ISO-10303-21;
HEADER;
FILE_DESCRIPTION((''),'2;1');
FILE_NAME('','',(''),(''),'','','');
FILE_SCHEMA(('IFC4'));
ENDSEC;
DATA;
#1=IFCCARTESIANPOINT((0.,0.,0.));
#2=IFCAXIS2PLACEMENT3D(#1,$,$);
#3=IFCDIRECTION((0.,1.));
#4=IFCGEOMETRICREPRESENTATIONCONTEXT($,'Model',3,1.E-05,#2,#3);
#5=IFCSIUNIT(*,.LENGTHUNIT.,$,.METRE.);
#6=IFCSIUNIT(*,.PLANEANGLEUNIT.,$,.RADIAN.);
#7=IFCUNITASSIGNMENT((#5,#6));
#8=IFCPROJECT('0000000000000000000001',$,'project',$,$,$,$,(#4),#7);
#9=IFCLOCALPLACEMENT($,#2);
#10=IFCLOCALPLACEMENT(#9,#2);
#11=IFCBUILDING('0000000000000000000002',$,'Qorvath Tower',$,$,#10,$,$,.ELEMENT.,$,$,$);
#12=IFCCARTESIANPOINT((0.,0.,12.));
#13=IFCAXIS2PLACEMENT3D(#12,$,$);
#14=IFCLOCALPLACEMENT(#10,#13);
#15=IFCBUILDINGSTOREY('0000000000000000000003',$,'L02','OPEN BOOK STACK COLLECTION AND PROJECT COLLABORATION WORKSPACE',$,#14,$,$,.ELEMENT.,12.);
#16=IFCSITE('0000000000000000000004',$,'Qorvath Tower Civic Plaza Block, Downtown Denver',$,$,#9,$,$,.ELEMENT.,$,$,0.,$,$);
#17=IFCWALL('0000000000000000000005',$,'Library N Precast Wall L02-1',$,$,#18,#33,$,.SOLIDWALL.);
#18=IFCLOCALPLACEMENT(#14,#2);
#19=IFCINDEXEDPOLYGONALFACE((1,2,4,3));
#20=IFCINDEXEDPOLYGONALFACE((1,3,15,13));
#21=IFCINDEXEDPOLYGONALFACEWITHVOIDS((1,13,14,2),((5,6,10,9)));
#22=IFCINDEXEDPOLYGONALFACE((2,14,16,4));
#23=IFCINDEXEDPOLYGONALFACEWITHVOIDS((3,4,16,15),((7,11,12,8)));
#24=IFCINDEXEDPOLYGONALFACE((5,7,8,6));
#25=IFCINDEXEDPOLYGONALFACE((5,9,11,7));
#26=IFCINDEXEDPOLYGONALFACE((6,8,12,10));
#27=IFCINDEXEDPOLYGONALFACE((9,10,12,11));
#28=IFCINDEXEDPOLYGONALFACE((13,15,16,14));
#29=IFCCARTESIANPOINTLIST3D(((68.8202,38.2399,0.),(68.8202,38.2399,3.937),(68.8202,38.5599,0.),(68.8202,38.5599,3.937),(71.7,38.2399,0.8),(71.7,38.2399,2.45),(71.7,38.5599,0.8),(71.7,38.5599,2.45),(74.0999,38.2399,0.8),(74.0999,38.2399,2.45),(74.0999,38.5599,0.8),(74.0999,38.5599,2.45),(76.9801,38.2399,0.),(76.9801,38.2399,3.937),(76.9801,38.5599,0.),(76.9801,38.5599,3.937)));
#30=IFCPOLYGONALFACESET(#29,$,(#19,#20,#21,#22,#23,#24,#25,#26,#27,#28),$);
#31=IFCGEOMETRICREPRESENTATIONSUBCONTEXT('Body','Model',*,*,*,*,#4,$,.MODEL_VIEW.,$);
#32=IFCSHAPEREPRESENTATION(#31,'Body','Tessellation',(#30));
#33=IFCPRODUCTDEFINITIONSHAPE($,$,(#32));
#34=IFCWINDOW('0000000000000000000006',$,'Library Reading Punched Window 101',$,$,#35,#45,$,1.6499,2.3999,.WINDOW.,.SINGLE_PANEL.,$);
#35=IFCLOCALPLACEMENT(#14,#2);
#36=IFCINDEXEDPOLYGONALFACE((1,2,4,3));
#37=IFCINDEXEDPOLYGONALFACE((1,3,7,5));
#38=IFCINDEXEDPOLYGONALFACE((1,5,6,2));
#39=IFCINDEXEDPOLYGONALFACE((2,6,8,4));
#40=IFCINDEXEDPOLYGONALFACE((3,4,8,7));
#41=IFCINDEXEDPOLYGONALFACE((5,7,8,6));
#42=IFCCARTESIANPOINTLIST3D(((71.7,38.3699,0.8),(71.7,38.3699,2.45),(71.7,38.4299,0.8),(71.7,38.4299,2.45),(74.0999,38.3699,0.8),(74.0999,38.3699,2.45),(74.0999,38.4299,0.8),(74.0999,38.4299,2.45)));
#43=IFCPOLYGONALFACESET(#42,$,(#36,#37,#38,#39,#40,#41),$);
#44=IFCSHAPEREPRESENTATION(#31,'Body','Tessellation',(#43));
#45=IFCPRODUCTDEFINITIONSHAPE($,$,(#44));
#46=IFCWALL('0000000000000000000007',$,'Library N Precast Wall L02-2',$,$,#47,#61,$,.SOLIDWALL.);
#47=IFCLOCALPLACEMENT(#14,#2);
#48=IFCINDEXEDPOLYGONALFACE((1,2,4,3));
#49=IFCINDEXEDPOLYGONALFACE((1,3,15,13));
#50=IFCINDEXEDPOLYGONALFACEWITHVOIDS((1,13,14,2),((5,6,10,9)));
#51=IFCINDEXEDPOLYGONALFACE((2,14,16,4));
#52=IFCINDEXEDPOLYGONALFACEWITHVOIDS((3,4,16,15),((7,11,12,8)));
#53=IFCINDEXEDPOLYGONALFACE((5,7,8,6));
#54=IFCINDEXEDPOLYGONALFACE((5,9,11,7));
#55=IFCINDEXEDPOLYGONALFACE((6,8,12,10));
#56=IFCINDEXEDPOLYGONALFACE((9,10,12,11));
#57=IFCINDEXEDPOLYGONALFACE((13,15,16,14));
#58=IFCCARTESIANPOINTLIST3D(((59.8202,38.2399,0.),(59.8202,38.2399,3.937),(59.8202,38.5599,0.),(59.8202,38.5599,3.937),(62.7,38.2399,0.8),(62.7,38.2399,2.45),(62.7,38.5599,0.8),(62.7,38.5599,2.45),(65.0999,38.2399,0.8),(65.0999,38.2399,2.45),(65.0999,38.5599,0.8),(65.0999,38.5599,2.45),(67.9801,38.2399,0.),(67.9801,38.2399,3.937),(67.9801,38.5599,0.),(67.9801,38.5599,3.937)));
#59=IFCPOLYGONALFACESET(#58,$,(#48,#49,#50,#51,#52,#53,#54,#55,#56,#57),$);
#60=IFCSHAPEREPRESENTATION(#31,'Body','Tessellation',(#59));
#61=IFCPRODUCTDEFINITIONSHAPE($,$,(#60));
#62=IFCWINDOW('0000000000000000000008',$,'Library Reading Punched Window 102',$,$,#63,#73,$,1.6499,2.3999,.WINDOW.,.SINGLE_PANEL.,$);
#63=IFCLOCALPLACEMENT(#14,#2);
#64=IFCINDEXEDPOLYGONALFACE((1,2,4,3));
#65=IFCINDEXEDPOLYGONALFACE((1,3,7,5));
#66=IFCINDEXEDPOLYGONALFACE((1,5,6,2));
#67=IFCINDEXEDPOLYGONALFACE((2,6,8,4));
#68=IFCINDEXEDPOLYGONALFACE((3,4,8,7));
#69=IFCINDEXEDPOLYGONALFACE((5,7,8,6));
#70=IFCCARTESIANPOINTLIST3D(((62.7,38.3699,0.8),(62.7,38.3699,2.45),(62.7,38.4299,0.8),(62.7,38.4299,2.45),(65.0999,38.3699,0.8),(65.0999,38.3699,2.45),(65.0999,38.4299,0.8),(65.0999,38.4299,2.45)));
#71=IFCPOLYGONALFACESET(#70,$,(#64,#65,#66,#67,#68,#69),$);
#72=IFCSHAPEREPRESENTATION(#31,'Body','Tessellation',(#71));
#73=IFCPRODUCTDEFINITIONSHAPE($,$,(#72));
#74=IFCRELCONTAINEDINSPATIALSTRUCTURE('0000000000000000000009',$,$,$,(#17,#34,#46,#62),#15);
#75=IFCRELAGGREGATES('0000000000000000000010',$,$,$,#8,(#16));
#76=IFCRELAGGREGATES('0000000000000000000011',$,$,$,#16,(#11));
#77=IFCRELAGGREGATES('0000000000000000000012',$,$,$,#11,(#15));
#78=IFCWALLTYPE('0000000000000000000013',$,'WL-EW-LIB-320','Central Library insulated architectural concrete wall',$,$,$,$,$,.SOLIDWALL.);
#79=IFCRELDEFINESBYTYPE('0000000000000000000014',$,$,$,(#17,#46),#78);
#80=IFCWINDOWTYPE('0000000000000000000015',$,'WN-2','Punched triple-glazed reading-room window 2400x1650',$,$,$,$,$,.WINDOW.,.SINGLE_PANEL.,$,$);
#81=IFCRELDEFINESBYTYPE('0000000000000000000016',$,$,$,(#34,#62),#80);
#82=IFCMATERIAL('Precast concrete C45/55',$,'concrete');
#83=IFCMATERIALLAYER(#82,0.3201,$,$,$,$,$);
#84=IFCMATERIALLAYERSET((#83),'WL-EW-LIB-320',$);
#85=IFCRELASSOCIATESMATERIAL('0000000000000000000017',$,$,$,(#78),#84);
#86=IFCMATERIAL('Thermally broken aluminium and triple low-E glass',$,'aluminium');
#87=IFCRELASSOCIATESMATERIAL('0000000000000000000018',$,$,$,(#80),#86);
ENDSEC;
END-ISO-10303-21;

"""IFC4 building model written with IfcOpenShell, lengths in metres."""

from ifc_helpers import new_model, si_unit, direction, frame, frame_2d, origin, place, context, subcontext, project, spatial, rectangle, extrude, material, layer, layer_set, type_object, element, fill, save


model = new_model("IFC4")

# Units and contexts
model_context = context("Model", 3, precision=1e-05, world=origin(), true_north=direction((0.0, 1.0)))
body_context = subcontext(model_context, "Body", "Model", "MODEL_VIEW")
ifc_project = project(units=[si_unit("LENGTHUNIT", "METRE"), si_unit("PLANEANGLEUNIT", "RADIAN")], contexts=[model_context])

# Site, building, storey
site_placement = place(None, origin())
site = spatial("IfcSite", under=ifc_project, at=site_placement, Name="Qorvath Tower Civic Plaza Block, Downtown Denver", CompositionType="ELEMENT", RefElevation=0.0)
building_placement = place(site_placement, origin())
building = spatial("IfcBuilding", under=site, at=building_placement, Name="Qorvath Tower", CompositionType="ELEMENT")
storey_placement = place(building_placement, frame((0.0, 0.0, 12.0)))
storey = spatial("IfcBuildingStorey", under=building, at=storey_placement, Name="L02", Description="OPEN BOOK STACK COLLECTION AND PROJECT COLLABORATION WORKSPACE", CompositionType="ELEMENT", Elevation=12.0)

# Walls, openings, windows
ifc_material_1 = material(Name="Precast concrete C45/55", Category="concrete")
ifc_layer = layer(ifc_material_1, 0.3201)
ifc_layer_set = layer_set([ifc_layer], Name="WL-EW-LIB-320")
wall_type = type_object("IfcWallType", Name="WL-EW-LIB-320", Description="Central Library insulated architectural concrete wall", PredefinedType="SOLIDWALL", material=ifc_layer_set)
ifc_material_2 = material(Name="Thermally broken aluminium and triple low-E glass", Category="aluminium")
window_type = type_object("IfcWindowType", Name="WN-2", Description="Punched triple-glazed reading-room window 2400x1650", PartitioningType="SINGLE_PANEL", PredefinedType="WINDOW", material=ifc_material_2)
wall_1_placement = place(storey_placement, frame((68.8201, 38.3999, 0.0), z_axis=(0.0, 0.0, 1.0), x_axis=(1.0, 0.0, 0.0)))
wall_1 = element("IfcWall", 1, at=wall_1_placement, inside=storey, type_object=wall_type, Name="Library N Precast Wall L02-1", PredefinedType="SOLIDWALL", context=body_context, shape_type="SweptSolid", body=[
    extrude(rectangle(XDim=8.1599, YDim=0.3201, at=frame_2d((4.0801, 0.0))), origin(), (0.0, 0.0, 1.0), 3.937),
])
opening_1_placement = place(wall_1_placement, frame((2.8799, 0.0, 0.8)))
opening_1 = element("IfcOpeningElement", 2, at=opening_1_placement, cuts=wall_1, PredefinedType="OPENING", context=body_context, shape_type="SweptSolid", body=[
    extrude(rectangle(XDim=2.3999, YDim=1.6499, at=frame_2d((1.2, 0.825))), frame((0.0, 0.1699, 0.0), z_axis=(0.0, -1.0, 0.0), x_axis=(1.0, 0.0, 0.0)), (0.0, 0.0, 1.0), 0.3401),
])
window_1_placement = place(opening_1_placement, origin())
window_1 = element("IfcWindow", 3, at=window_1_placement, inside=storey, type_object=window_type, Name="Library Reading Punched Window 101", OverallHeight=1.6499, OverallWidth=2.3999, PartitioningType="SINGLE_PANEL", PredefinedType="WINDOW", context=body_context, shape_type="SweptSolid", body=[
    extrude(rectangle(XDim=2.3999, YDim=1.6499, at=frame_2d((1.2, 0.825))), frame((0.0, 0.03, 0.0), z_axis=(0.0, -1.0, 0.0), x_axis=(1.0, 0.0, 0.0)), (0.0, 0.0, 1.0), 0.0601),
])
fill(opening_1, window_1)
wall_2_placement = place(storey_placement, frame((59.8201, 38.3999, 0.0), z_axis=(0.0, 0.0, 1.0), x_axis=(1.0, 0.0, 0.0)))
wall_2 = element("IfcWall", 4, at=wall_2_placement, inside=storey, type_object=wall_type, Name="Library N Precast Wall L02-2", PredefinedType="SOLIDWALL", context=body_context, shape_type="SweptSolid", body=[
    extrude(rectangle(XDim=8.1599, YDim=0.3201, at=frame_2d((4.0801, 0.0))), origin(), (0.0, 0.0, 1.0), 3.937),
])
opening_2_placement = place(wall_2_placement, frame((2.8799, 0.0, 0.8)))
opening_2 = element("IfcOpeningElement", 5, at=opening_2_placement, cuts=wall_2, PredefinedType="OPENING", context=body_context, shape_type="SweptSolid", body=[
    extrude(rectangle(XDim=2.3999, YDim=1.6499, at=frame_2d((1.2, 0.825))), frame((0.0, 0.1699, 0.0), z_axis=(0.0, -1.0, 0.0), x_axis=(1.0, 0.0, 0.0)), (0.0, 0.0, 1.0), 0.3401),
])
window_2_placement = place(opening_2_placement, origin())
window_2 = element("IfcWindow", 6, at=window_2_placement, inside=storey, type_object=window_type, Name="Library Reading Punched Window 102", OverallHeight=1.6499, OverallWidth=2.3999, PartitioningType="SINGLE_PANEL", PredefinedType="WINDOW", context=body_context, shape_type="SweptSolid", body=[
    extrude(rectangle(XDim=2.3999, YDim=1.6499, at=frame_2d((1.2, 0.825))), frame((0.0, 0.03, 0.0), z_axis=(0.0, -1.0, 0.0), x_axis=(1.0, 0.0, 0.0)), (0.0, 0.0, 1.0), 0.0601),
])
fill(opening_2, window_2)

save(model, "model.ifc")
